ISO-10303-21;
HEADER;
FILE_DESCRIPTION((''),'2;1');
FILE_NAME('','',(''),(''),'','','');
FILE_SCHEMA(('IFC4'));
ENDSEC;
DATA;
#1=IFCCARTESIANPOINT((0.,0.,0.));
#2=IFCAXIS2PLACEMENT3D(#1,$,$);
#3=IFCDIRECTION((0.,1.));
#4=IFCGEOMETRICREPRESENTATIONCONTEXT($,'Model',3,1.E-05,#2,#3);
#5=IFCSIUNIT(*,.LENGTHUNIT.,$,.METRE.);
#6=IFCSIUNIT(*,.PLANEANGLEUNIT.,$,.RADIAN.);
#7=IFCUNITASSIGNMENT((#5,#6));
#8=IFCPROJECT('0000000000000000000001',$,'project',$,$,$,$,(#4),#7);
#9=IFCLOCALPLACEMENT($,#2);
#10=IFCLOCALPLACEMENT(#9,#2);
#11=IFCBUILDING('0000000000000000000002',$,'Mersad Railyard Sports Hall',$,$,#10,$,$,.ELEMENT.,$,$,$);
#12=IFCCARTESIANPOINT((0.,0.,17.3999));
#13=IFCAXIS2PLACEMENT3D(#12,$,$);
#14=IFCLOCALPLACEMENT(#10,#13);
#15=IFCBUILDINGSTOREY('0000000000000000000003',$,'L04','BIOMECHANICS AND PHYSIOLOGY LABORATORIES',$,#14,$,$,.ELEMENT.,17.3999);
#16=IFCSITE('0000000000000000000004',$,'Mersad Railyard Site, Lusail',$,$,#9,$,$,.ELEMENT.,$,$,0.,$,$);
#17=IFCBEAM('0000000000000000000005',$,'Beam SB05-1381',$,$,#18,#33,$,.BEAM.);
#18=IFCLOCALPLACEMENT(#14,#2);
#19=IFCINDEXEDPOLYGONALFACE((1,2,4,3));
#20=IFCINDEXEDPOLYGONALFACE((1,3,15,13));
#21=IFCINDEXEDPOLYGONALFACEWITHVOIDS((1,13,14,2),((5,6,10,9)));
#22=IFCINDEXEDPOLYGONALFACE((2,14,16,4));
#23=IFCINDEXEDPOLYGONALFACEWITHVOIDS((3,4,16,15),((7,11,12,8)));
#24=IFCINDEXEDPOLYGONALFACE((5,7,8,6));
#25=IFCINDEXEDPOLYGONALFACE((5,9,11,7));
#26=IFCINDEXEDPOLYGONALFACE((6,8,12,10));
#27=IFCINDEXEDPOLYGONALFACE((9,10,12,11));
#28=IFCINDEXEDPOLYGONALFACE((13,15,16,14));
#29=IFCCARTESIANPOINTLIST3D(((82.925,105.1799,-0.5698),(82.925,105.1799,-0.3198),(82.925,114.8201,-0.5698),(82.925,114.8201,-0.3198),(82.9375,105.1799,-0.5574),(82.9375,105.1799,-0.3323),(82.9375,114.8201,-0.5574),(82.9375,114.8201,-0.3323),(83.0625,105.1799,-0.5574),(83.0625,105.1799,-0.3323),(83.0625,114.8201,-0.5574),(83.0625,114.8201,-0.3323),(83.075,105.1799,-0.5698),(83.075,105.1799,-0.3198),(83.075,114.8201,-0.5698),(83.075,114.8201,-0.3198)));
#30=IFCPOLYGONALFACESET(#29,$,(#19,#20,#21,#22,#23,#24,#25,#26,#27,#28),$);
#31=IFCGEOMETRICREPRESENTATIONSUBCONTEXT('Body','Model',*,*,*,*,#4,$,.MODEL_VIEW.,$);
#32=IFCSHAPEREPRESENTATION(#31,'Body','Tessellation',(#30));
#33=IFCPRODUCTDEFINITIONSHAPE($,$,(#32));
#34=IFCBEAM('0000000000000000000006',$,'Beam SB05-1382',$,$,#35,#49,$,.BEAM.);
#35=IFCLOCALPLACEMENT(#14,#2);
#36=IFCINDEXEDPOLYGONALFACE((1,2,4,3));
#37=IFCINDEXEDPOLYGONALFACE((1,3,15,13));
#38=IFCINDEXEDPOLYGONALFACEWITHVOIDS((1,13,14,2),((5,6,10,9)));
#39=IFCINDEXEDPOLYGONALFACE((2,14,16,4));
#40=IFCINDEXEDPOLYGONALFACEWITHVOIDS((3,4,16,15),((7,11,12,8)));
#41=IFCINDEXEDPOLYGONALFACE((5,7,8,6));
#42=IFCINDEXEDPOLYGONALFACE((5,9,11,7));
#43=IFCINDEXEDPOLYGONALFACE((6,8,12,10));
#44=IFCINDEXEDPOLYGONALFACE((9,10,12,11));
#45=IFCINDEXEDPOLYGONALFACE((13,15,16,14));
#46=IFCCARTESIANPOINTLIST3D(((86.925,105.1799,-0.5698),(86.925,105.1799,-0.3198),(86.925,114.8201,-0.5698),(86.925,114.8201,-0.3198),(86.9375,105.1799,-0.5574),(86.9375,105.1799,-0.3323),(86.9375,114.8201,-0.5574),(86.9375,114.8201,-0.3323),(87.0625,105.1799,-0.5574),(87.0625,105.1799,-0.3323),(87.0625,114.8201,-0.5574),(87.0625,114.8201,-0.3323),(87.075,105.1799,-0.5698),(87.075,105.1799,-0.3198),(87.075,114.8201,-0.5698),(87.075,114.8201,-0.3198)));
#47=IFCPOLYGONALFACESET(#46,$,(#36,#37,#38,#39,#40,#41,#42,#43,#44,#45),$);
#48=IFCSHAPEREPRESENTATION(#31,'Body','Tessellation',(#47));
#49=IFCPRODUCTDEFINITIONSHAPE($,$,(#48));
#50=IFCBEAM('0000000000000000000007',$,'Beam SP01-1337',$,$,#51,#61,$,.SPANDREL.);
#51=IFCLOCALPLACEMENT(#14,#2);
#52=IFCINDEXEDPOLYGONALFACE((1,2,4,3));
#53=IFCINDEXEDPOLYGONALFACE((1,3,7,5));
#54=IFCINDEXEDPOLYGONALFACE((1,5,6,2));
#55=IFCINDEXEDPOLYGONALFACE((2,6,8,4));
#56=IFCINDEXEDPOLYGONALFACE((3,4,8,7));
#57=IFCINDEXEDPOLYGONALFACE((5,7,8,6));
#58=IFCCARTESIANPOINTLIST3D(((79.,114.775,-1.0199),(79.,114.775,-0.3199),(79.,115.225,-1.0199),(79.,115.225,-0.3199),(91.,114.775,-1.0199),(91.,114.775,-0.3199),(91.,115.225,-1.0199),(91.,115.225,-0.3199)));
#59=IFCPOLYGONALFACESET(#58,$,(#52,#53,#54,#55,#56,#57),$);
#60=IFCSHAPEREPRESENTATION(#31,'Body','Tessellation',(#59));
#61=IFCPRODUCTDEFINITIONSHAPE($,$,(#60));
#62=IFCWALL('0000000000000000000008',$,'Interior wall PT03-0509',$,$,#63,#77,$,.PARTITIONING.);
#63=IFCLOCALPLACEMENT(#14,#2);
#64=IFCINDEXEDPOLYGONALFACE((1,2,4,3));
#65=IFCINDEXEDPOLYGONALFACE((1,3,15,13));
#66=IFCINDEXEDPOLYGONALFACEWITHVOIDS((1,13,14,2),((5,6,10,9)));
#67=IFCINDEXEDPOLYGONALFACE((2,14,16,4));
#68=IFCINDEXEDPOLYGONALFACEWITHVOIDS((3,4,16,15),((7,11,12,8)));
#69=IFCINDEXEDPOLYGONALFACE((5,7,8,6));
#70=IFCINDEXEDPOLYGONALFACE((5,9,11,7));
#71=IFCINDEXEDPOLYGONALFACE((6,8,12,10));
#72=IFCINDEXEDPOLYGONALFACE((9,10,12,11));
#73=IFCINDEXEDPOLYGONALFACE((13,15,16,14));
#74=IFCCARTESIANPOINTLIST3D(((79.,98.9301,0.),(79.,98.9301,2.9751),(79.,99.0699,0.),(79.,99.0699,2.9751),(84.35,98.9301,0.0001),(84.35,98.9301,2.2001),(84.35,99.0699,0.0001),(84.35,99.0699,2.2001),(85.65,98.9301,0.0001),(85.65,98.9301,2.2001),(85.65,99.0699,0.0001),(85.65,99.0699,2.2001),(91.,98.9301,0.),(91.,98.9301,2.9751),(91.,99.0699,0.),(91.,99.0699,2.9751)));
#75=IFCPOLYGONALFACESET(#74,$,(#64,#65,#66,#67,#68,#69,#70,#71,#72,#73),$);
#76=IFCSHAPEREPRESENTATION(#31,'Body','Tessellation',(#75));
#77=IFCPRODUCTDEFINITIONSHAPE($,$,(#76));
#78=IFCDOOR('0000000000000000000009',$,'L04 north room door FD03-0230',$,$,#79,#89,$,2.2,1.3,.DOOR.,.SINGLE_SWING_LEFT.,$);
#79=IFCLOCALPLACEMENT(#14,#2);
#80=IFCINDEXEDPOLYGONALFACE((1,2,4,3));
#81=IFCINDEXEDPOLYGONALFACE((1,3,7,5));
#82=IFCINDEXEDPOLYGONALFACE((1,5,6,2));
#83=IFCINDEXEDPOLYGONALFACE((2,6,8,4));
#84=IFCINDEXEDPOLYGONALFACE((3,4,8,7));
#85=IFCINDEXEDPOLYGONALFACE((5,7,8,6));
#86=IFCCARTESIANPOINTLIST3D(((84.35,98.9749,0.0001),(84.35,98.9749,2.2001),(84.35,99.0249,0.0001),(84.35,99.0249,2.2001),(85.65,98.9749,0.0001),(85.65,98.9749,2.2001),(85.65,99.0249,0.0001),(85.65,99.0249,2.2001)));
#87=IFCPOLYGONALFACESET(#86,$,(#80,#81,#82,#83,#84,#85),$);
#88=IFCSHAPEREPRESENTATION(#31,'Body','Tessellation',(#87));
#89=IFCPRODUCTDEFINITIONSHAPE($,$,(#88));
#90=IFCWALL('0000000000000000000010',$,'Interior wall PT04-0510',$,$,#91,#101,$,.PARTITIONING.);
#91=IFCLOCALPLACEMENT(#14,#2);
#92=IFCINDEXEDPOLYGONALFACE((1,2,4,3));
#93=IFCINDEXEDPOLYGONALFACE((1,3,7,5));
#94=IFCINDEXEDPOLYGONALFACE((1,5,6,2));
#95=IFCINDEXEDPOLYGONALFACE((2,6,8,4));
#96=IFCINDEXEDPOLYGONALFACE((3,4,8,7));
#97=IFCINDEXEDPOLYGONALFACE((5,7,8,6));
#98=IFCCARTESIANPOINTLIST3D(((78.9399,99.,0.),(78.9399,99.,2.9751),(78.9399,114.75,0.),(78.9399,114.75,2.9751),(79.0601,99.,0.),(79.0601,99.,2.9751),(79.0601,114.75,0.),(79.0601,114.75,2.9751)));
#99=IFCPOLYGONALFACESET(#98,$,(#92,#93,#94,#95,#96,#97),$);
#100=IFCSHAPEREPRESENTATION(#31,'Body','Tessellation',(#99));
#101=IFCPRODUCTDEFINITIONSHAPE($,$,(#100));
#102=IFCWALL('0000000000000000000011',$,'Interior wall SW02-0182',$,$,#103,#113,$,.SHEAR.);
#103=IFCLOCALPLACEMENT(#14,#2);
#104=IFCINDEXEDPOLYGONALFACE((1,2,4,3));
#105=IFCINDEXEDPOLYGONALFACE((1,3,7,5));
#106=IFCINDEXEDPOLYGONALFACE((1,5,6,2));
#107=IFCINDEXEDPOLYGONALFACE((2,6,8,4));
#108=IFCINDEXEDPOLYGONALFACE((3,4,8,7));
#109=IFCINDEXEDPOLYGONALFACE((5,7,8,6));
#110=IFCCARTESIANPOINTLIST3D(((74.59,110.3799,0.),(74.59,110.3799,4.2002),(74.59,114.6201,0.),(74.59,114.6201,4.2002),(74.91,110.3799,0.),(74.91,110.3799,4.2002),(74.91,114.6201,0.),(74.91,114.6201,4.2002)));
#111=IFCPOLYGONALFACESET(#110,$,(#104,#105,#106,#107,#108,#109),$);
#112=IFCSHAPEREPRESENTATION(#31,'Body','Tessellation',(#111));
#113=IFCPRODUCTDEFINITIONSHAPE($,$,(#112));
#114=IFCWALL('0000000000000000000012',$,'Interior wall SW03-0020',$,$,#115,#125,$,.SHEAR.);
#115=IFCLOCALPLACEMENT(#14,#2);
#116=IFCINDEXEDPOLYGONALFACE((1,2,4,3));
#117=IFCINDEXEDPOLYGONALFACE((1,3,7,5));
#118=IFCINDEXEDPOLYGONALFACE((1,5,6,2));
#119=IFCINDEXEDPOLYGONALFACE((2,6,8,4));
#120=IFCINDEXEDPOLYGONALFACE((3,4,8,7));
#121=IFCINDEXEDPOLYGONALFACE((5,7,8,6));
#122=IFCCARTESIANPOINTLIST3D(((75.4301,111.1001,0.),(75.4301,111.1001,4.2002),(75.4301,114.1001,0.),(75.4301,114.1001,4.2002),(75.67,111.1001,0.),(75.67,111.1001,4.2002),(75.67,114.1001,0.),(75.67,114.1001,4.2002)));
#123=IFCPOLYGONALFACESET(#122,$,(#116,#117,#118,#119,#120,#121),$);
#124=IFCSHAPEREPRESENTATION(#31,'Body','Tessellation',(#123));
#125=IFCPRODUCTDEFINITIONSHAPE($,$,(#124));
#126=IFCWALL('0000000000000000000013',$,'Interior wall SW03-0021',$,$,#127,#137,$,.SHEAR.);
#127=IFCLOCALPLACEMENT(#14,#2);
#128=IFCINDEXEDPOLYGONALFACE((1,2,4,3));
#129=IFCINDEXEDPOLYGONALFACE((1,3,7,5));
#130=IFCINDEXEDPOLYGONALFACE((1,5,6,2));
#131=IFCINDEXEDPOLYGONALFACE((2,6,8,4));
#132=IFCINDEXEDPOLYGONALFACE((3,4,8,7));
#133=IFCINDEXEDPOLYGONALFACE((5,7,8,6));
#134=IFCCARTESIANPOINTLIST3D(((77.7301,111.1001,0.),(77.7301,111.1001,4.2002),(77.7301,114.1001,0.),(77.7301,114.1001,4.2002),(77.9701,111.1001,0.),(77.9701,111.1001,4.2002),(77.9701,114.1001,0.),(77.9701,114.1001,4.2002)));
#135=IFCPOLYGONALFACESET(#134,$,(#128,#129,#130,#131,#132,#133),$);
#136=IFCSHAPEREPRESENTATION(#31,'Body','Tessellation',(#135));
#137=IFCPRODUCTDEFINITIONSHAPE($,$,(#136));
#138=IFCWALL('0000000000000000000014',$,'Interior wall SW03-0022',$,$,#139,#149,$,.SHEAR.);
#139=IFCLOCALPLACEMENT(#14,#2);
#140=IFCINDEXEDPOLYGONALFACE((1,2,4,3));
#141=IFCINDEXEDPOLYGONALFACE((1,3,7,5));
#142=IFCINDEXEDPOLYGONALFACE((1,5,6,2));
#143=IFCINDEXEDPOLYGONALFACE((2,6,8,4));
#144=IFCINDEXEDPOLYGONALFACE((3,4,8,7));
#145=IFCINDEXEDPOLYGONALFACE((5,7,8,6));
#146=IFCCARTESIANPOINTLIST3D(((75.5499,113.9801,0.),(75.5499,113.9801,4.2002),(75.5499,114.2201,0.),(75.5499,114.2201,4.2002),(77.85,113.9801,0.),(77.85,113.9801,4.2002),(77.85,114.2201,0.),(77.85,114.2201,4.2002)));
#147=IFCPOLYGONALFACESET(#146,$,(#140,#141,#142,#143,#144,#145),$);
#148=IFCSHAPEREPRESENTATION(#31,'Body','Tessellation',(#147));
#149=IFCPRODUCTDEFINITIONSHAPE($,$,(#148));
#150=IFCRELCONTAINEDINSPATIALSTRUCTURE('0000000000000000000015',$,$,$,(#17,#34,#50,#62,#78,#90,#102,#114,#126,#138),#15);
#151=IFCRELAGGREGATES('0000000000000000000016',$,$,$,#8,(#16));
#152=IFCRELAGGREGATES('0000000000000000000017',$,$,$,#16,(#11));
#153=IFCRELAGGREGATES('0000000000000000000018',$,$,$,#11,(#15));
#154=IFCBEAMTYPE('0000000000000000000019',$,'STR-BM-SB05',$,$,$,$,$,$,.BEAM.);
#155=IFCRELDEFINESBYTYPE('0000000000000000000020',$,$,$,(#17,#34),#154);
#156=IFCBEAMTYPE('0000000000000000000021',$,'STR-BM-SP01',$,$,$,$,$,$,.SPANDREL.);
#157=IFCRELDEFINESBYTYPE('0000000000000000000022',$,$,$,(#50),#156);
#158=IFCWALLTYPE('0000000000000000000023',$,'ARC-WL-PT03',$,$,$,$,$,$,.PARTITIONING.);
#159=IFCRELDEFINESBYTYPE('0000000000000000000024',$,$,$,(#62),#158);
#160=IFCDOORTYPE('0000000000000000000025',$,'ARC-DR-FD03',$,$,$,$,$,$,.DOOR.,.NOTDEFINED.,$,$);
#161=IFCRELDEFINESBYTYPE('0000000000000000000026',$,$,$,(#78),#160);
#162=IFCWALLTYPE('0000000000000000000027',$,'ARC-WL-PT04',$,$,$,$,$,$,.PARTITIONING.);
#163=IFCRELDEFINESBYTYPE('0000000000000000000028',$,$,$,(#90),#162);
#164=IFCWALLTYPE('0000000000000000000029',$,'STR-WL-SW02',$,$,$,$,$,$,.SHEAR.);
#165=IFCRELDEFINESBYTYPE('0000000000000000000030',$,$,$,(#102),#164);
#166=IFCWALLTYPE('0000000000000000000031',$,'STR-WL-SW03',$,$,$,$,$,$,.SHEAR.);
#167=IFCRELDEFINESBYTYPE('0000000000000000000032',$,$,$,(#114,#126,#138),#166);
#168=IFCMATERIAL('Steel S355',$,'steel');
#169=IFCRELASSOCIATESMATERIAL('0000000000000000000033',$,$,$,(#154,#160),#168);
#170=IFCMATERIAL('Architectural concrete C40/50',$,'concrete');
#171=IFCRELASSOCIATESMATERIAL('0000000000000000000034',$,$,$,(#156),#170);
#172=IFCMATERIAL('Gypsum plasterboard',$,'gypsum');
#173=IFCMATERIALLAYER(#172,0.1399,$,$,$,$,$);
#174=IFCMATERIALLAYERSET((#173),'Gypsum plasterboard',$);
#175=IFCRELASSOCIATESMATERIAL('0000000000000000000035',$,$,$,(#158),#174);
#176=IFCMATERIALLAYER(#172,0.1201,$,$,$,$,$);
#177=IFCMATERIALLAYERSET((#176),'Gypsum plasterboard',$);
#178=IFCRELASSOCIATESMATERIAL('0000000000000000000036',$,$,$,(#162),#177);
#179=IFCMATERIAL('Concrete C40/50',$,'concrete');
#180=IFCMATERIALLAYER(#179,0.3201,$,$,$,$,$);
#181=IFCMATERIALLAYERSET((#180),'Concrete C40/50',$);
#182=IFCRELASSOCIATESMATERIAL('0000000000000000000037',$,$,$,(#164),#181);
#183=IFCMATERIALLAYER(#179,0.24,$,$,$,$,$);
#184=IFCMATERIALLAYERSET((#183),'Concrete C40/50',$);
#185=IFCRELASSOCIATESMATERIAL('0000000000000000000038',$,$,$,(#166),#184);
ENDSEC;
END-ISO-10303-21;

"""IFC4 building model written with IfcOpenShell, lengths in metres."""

from ifc_helpers import new_model, si_unit, direction, frame, frame_2d, origin, origin_2d, place, context, subcontext, project, spatial, rectangle, hollow_rectangle, extrude, material, layer, layer_set, material_profile, profile_set, type_object, element, fill, save


model = new_model("IFC4")

# Units and contexts
model_context = context("Model", 3, precision=1e-05, world=origin(), true_north=direction((0.0, 1.0)))
body_context = subcontext(model_context, "Body", "Model", "MODEL_VIEW")
ifc_project = project(units=[si_unit("LENGTHUNIT", "METRE"), si_unit("PLANEANGLEUNIT", "RADIAN")], contexts=[model_context])

# Site, building, storey
site_placement = place(None, origin())
site = spatial("IfcSite", under=ifc_project, at=site_placement, Name="Mersad Railyard Site, Lusail", CompositionType="ELEMENT", RefElevation=0.0)
building_placement = place(site_placement, origin())
building = spatial("IfcBuilding", under=site, at=building_placement, Name="Mersad Railyard Sports Hall", CompositionType="ELEMENT")
storey_placement = place(building_placement, frame((0.0, 0.0, 17.3999)))
storey = spatial("IfcBuildingStorey", under=building, at=storey_placement, Name="L04", Description="BIOMECHANICS AND PHYSIOLOGY LABORATORIES", CompositionType="ELEMENT", Elevation=17.3999)

# Shared definitions
ifc_material_1 = material(Name="Concrete C40/50", Category="concrete")
ifc_material_2 = material(Name="Architectural concrete C40/50", Category="concrete")

# Beams
ifc_material_3 = material(Name="Steel S355", Category="steel")
ifc_material_profile_1 = material_profile(ifc_material_3, hollow_rectangle(XDim=0.1499, YDim=0.25, WallThickness=0.0125, at=origin_2d()), Name="RHS 250x150x12.5")
ifc_profile_set_1 = profile_set([ifc_material_profile_1], Name="Steel S355")
beam_type_1 = type_object("IfcBeamType", Name="STR-BM-SB05", PredefinedType="BEAM", material=ifc_profile_set_1)
for number, where, z_axis, x_axis, name in (
    (1, (83.0, 105.1799, -0.4448), (0.0, 1.0, 0.0), (-1.0, 0.0, 0.0), "Beam SB05-1381"),
    (2, (87.0, 105.1799, -0.4448), (0.0, 1.0, 0.0), (-1.0, 0.0, 0.0), "Beam SB05-1382"),
):
    element("IfcBeam", number, at=place(storey_placement, frame(where, z_axis=z_axis, x_axis=x_axis)), inside=storey, type_object=beam_type_1, Name=name, PredefinedType="BEAM", context=body_context, shape_type="SweptSolid", body=[
        extrude(hollow_rectangle(XDim=0.1499, YDim=0.25, WallThickness=0.0125, at=origin_2d()), origin(), (0.0, 0.0, 1.0), 9.6401),
    ])
ifc_material_profile_2 = material_profile(ifc_material_2, rectangle(XDim=0.45, YDim=0.7, at=origin_2d()), Name="RC 450x700")
ifc_profile_set_2 = profile_set([ifc_material_profile_2], Name="Architectural concrete C40/50")
beam_type_2 = type_object("IfcBeamType", Name="STR-BM-SP01", PredefinedType="SPANDREL", material=ifc_profile_set_2)
beam_1_placement = place(storey_placement, frame((79.0, 115.0, -0.6699), z_axis=(1.0, 0.0, 0.0), x_axis=(0.0, 1.0, 0.0)))
element("IfcBeam", 3, at=beam_1_placement, inside=storey, type_object=beam_type_2, Name="Beam SP01-1337", PredefinedType="SPANDREL", context=body_context, shape_type="SweptSolid", body=[
    extrude(rectangle(XDim=0.45, YDim=0.7, at=origin_2d()), origin(), (0.0, 0.0, 1.0), 12.0),
])

# Wall, opening, door
ifc_material_4 = material(Name="Gypsum plasterboard", Category="gypsum")
ifc_layer_1 = layer(ifc_material_4, 0.1399)
ifc_layer_set_1 = layer_set([ifc_layer_1], Name="Gypsum plasterboard")
wall_type_1 = type_object("IfcWallType", Name="ARC-WL-PT03", PredefinedType="PARTITIONING", material=ifc_layer_set_1)
wall_1_placement = place(storey_placement, frame((79.0, 99.0, 0.0), z_axis=(0.0, 0.0, 1.0), x_axis=(1.0, 0.0, 0.0)))
wall_1 = element("IfcWall", 4, at=wall_1_placement, inside=storey, type_object=wall_type_1, Name="Interior wall PT03-0509", PredefinedType="PARTITIONING", context=body_context, shape_type="SweptSolid", body=[
    extrude(rectangle(XDim=12.0, YDim=0.1399, at=frame_2d((6.0, 0.0))), origin(), (0.0, 0.0, 1.0), 2.9751),
])
opening_1_placement = place(wall_1_placement, frame((5.3501, 0.0, 0.0)))
opening_1 = element("IfcOpeningElement", 5, at=opening_1_placement, cuts=wall_1, PredefinedType="OPENING", context=body_context, shape_type="SweptSolid", body=[
    extrude(rectangle(XDim=1.3, YDim=2.2, at=frame_2d((0.6499, 1.1001))), frame((0.0, 0.0798, 0.0), z_axis=(0.0, -1.0, 0.0), x_axis=(1.0, 0.0, 0.0)), (0.0, 0.0, 1.0), 0.1599),
])
door_type_1 = type_object("IfcDoorType", Name="ARC-DR-FD03", OperationType="NOTDEFINED", PredefinedType="DOOR", material=ifc_material_3)
door_1_placement = place(opening_1_placement, origin())
door_1 = element("IfcDoor", 6, at=door_1_placement, inside=storey, type_object=door_type_1, Name="L04 north room door FD03-0230", OperationType="SINGLE_SWING_LEFT", OverallHeight=2.2, OverallWidth=1.3, PredefinedType="DOOR", context=body_context, shape_type="SweptSolid", body=[
    extrude(rectangle(XDim=1.3, YDim=2.2, at=frame_2d((0.6499, 1.1001))), frame((0.0, 0.0249, 0.0), z_axis=(0.0, -1.0, 0.0), x_axis=(1.0, 0.0, 0.0)), (0.0, 0.0, 1.0), 0.05),
])
fill(opening_1, door_1)

# Walls
ifc_layer_2 = layer(ifc_material_4, 0.1201)
ifc_layer_set_2 = layer_set([ifc_layer_2], Name="Gypsum plasterboard")
wall_type_2 = type_object("IfcWallType", Name="ARC-WL-PT04", PredefinedType="PARTITIONING", material=ifc_layer_set_2)
wall_2_placement = place(storey_placement, frame((79.0, 99.0, 0.0), z_axis=(0.0, 0.0, 1.0), x_axis=(0.0, 1.0, 0.0)))
element("IfcWall", 7, at=wall_2_placement, inside=storey, type_object=wall_type_2, Name="Interior wall PT04-0510", PredefinedType="PARTITIONING", context=body_context, shape_type="SweptSolid", body=[
    extrude(rectangle(XDim=15.75, YDim=0.1201, at=frame_2d((7.875, 0.0))), origin(), (0.0, 0.0, 1.0), 2.9751),
])
ifc_layer_3 = layer(ifc_material_1, 0.3201)
ifc_layer_set_3 = layer_set([ifc_layer_3], Name="Concrete C40/50")
wall_type_3 = type_object("IfcWallType", Name="STR-WL-SW02", PredefinedType="SHEAR", material=ifc_layer_set_3)
wall_3_placement = place(storey_placement, frame((74.75, 110.3799, 0.0), z_axis=(0.0, 0.0, 1.0), x_axis=(0.0, 1.0, 0.0)))
element("IfcWall", 8, at=wall_3_placement, inside=storey, type_object=wall_type_3, Name="Interior wall SW02-0182", PredefinedType="SHEAR", context=body_context, shape_type="SweptSolid", body=[
    extrude(rectangle(XDim=4.2402, YDim=0.3201, at=frame_2d((2.1201, 0.0))), origin(), (0.0, 0.0, 1.0), 4.2002),
])
ifc_layer_4 = layer(ifc_material_1, 0.24)
ifc_layer_set_4 = layer_set([ifc_layer_4], Name="Concrete C40/50")
wall_type_4 = type_object("IfcWallType", Name="STR-WL-SW03", PredefinedType="SHEAR", material=ifc_layer_set_4)
for number, where, z_axis, x_axis, name in (
    (9, (75.55, 111.1001, 0.0), (0.0, 0.0, 1.0), (0.0, 1.0, 0.0), "Interior wall SW03-0020"),
    (10, (77.8501, 114.1001, 0.0), (0.0, 0.0, 1.0), (0.0, -1.0, 0.0), "Interior wall SW03-0021"),
):
    element("IfcWall", number, at=place(storey_placement, frame(where, z_axis=z_axis, x_axis=x_axis)), inside=storey, type_object=wall_type_4, Name=name, PredefinedType="SHEAR", context=body_context, shape_type="SweptSolid", body=[
        extrude(rectangle(XDim=3.0, YDim=0.24, at=frame_2d((1.5, 0.0))), origin(), (0.0, 0.0, 1.0), 4.2002),
    ])
wall_4_placement = place(storey_placement, frame((75.55, 114.1001, 0.0), z_axis=(0.0, 0.0, 1.0), x_axis=(1.0, 0.0, 0.0)))
element("IfcWall", 11, at=wall_4_placement, inside=storey, type_object=wall_type_4, Name="Interior wall SW03-0022", PredefinedType="SHEAR", context=body_context, shape_type="SweptSolid", body=[
    extrude(rectangle(XDim=2.3, YDim=0.24, at=frame_2d((1.1499, 0.0))), origin(), (0.0, 0.0, 1.0), 4.2002),
])

save(model, "model.ifc")
